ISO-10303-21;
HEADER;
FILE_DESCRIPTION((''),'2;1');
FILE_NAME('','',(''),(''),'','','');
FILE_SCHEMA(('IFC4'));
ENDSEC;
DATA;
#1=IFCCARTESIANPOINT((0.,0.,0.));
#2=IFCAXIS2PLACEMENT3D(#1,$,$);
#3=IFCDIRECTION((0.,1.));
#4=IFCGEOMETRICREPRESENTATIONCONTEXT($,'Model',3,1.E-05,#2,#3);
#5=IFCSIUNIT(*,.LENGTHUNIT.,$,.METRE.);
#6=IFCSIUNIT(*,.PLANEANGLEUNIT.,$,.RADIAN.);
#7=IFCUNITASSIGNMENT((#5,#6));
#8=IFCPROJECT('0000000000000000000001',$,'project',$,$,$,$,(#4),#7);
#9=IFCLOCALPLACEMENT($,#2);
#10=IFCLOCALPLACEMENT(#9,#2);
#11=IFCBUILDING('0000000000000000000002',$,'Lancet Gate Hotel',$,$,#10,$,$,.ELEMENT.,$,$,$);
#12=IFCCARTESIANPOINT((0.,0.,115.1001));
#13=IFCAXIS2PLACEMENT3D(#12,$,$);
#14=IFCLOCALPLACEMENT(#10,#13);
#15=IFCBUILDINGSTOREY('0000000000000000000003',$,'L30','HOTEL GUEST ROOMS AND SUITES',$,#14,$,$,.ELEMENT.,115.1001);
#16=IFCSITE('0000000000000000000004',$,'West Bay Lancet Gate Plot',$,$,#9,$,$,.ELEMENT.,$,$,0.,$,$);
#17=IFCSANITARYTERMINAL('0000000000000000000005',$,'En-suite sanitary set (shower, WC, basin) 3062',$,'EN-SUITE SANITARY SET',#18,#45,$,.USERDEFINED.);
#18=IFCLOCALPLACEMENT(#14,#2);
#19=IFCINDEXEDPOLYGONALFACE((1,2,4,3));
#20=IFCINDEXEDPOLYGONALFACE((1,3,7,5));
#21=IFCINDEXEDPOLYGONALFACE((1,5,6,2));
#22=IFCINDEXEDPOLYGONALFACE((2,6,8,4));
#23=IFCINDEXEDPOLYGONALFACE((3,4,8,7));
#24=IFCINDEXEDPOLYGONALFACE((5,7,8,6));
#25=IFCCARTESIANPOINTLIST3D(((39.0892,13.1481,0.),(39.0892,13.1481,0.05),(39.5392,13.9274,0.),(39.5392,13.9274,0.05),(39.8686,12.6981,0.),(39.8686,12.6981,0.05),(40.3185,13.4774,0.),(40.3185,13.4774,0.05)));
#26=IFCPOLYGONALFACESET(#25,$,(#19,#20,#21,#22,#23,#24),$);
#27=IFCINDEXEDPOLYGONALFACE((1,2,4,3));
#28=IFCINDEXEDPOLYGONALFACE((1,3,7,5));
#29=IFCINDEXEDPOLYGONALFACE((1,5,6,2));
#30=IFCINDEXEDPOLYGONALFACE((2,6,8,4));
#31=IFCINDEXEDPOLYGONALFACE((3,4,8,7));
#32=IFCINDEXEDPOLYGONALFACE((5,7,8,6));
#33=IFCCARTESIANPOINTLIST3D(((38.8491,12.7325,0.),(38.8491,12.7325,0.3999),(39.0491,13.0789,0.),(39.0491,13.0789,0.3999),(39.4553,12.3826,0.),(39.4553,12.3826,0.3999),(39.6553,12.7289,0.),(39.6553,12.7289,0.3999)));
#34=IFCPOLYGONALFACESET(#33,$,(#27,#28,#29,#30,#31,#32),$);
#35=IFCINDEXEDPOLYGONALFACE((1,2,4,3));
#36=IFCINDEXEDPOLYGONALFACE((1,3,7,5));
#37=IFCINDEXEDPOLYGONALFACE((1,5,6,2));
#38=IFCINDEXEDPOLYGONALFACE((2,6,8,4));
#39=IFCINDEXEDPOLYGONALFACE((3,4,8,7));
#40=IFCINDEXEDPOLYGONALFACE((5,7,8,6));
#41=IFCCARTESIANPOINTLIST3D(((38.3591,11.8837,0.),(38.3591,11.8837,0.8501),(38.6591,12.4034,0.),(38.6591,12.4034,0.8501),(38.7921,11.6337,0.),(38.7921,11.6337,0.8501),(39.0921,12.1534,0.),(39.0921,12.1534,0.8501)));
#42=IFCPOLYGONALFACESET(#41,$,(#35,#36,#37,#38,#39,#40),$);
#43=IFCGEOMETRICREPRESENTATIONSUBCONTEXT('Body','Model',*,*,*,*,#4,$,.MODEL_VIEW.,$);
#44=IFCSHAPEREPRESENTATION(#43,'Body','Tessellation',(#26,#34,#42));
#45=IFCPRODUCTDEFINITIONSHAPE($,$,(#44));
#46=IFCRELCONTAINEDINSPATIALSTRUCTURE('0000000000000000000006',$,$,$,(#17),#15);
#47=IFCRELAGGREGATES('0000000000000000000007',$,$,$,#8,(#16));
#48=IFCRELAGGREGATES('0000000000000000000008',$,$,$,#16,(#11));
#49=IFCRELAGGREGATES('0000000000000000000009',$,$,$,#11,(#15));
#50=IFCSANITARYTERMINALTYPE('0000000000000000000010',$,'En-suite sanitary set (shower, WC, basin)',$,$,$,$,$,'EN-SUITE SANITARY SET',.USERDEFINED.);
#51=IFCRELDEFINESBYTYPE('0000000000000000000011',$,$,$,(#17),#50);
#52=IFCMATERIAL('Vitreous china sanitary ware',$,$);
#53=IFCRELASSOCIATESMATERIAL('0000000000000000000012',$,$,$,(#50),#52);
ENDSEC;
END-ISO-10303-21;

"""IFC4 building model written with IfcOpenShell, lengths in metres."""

from ifc_helpers import new_model, si_unit, direction, frame, origin, origin_2d, place, context, subcontext, project, spatial, rectangle, extrude, material, type_object, element, save


model = new_model("IFC4")

# Units and contexts
model_context = context("Model", 3, precision=1e-05, world=origin(), true_north=direction((0.0, 1.0)))
body_context = subcontext(model_context, "Body", "Model", "MODEL_VIEW")
ifc_project = project(units=[si_unit("LENGTHUNIT", "METRE"), si_unit("PLANEANGLEUNIT", "RADIAN")], contexts=[model_context])

# Site, building, storey
site_placement = place(None, origin())
site = spatial("IfcSite", under=ifc_project, at=site_placement, Name="West Bay Lancet Gate Plot", CompositionType="ELEMENT", RefElevation=0.0)
building_placement = place(site_placement, origin())
building = spatial("IfcBuilding", under=site, at=building_placement, Name="Lancet Gate Hotel", CompositionType="ELEMENT")
storey_placement = place(building_placement, frame((0.0, 0.0, 115.1001)))
storey = spatial("IfcBuildingStorey", under=building, at=storey_placement, Name="L30", Description="HOTEL GUEST ROOMS AND SUITES", CompositionType="ELEMENT", Elevation=115.1001)

# Sanitary terminal
ifc_material_1 = material(Name="Vitreous china sanitary ware")
sanitary_terminal_type = type_object("IfcSanitaryTerminalType", Name="En-suite sanitary set (shower, WC, basin)", ElementType="EN-SUITE SANITARY SET", PredefinedType="USERDEFINED", material=ifc_material_1)
sanitary_terminal_placement = place(storey_placement, frame((39.7039, 13.3127, 0.0), z_axis=(0.0, 0.0, 1.0), x_axis=(1.0, 0.0, 0.0)))
element("IfcSanitaryTerminal", 1, at=sanitary_terminal_placement, inside=storey, type_object=sanitary_terminal_type, Name="En-suite sanitary set (shower, WC, basin) 3062", ObjectType="EN-SUITE SANITARY SET", PredefinedType="USERDEFINED", context=body_context, shape_type="SweptSolid", body=[
    extrude(rectangle(XDim=0.8999, YDim=0.8999, at=origin_2d()), frame((0.0, 0.0, 0.0), z_axis=(0.0, 0.0, 1.0), x_axis=(0.5, 0.866025, 0.0)), (0.0, 0.0, 1.0), 0.05),
    extrude(rectangle(XDim=0.3999, YDim=0.7, at=origin_2d()), frame((-0.4517, -0.582, 0.0), z_axis=(0.0, 0.0, 1.0), x_axis=(0.5, 0.866025, 0.0)), (0.0, 0.0, 1.0), 0.3999),
    extrude(rectangle(XDim=0.6001, YDim=0.5, at=origin_2d()), frame((-0.9783, -1.2942, 0.0), z_axis=(0.0, 0.0, 1.0), x_axis=(0.5, 0.866025, 0.0)), (0.0, 0.0, 1.0), 0.8501),
])

save(model, "model.ifc")
